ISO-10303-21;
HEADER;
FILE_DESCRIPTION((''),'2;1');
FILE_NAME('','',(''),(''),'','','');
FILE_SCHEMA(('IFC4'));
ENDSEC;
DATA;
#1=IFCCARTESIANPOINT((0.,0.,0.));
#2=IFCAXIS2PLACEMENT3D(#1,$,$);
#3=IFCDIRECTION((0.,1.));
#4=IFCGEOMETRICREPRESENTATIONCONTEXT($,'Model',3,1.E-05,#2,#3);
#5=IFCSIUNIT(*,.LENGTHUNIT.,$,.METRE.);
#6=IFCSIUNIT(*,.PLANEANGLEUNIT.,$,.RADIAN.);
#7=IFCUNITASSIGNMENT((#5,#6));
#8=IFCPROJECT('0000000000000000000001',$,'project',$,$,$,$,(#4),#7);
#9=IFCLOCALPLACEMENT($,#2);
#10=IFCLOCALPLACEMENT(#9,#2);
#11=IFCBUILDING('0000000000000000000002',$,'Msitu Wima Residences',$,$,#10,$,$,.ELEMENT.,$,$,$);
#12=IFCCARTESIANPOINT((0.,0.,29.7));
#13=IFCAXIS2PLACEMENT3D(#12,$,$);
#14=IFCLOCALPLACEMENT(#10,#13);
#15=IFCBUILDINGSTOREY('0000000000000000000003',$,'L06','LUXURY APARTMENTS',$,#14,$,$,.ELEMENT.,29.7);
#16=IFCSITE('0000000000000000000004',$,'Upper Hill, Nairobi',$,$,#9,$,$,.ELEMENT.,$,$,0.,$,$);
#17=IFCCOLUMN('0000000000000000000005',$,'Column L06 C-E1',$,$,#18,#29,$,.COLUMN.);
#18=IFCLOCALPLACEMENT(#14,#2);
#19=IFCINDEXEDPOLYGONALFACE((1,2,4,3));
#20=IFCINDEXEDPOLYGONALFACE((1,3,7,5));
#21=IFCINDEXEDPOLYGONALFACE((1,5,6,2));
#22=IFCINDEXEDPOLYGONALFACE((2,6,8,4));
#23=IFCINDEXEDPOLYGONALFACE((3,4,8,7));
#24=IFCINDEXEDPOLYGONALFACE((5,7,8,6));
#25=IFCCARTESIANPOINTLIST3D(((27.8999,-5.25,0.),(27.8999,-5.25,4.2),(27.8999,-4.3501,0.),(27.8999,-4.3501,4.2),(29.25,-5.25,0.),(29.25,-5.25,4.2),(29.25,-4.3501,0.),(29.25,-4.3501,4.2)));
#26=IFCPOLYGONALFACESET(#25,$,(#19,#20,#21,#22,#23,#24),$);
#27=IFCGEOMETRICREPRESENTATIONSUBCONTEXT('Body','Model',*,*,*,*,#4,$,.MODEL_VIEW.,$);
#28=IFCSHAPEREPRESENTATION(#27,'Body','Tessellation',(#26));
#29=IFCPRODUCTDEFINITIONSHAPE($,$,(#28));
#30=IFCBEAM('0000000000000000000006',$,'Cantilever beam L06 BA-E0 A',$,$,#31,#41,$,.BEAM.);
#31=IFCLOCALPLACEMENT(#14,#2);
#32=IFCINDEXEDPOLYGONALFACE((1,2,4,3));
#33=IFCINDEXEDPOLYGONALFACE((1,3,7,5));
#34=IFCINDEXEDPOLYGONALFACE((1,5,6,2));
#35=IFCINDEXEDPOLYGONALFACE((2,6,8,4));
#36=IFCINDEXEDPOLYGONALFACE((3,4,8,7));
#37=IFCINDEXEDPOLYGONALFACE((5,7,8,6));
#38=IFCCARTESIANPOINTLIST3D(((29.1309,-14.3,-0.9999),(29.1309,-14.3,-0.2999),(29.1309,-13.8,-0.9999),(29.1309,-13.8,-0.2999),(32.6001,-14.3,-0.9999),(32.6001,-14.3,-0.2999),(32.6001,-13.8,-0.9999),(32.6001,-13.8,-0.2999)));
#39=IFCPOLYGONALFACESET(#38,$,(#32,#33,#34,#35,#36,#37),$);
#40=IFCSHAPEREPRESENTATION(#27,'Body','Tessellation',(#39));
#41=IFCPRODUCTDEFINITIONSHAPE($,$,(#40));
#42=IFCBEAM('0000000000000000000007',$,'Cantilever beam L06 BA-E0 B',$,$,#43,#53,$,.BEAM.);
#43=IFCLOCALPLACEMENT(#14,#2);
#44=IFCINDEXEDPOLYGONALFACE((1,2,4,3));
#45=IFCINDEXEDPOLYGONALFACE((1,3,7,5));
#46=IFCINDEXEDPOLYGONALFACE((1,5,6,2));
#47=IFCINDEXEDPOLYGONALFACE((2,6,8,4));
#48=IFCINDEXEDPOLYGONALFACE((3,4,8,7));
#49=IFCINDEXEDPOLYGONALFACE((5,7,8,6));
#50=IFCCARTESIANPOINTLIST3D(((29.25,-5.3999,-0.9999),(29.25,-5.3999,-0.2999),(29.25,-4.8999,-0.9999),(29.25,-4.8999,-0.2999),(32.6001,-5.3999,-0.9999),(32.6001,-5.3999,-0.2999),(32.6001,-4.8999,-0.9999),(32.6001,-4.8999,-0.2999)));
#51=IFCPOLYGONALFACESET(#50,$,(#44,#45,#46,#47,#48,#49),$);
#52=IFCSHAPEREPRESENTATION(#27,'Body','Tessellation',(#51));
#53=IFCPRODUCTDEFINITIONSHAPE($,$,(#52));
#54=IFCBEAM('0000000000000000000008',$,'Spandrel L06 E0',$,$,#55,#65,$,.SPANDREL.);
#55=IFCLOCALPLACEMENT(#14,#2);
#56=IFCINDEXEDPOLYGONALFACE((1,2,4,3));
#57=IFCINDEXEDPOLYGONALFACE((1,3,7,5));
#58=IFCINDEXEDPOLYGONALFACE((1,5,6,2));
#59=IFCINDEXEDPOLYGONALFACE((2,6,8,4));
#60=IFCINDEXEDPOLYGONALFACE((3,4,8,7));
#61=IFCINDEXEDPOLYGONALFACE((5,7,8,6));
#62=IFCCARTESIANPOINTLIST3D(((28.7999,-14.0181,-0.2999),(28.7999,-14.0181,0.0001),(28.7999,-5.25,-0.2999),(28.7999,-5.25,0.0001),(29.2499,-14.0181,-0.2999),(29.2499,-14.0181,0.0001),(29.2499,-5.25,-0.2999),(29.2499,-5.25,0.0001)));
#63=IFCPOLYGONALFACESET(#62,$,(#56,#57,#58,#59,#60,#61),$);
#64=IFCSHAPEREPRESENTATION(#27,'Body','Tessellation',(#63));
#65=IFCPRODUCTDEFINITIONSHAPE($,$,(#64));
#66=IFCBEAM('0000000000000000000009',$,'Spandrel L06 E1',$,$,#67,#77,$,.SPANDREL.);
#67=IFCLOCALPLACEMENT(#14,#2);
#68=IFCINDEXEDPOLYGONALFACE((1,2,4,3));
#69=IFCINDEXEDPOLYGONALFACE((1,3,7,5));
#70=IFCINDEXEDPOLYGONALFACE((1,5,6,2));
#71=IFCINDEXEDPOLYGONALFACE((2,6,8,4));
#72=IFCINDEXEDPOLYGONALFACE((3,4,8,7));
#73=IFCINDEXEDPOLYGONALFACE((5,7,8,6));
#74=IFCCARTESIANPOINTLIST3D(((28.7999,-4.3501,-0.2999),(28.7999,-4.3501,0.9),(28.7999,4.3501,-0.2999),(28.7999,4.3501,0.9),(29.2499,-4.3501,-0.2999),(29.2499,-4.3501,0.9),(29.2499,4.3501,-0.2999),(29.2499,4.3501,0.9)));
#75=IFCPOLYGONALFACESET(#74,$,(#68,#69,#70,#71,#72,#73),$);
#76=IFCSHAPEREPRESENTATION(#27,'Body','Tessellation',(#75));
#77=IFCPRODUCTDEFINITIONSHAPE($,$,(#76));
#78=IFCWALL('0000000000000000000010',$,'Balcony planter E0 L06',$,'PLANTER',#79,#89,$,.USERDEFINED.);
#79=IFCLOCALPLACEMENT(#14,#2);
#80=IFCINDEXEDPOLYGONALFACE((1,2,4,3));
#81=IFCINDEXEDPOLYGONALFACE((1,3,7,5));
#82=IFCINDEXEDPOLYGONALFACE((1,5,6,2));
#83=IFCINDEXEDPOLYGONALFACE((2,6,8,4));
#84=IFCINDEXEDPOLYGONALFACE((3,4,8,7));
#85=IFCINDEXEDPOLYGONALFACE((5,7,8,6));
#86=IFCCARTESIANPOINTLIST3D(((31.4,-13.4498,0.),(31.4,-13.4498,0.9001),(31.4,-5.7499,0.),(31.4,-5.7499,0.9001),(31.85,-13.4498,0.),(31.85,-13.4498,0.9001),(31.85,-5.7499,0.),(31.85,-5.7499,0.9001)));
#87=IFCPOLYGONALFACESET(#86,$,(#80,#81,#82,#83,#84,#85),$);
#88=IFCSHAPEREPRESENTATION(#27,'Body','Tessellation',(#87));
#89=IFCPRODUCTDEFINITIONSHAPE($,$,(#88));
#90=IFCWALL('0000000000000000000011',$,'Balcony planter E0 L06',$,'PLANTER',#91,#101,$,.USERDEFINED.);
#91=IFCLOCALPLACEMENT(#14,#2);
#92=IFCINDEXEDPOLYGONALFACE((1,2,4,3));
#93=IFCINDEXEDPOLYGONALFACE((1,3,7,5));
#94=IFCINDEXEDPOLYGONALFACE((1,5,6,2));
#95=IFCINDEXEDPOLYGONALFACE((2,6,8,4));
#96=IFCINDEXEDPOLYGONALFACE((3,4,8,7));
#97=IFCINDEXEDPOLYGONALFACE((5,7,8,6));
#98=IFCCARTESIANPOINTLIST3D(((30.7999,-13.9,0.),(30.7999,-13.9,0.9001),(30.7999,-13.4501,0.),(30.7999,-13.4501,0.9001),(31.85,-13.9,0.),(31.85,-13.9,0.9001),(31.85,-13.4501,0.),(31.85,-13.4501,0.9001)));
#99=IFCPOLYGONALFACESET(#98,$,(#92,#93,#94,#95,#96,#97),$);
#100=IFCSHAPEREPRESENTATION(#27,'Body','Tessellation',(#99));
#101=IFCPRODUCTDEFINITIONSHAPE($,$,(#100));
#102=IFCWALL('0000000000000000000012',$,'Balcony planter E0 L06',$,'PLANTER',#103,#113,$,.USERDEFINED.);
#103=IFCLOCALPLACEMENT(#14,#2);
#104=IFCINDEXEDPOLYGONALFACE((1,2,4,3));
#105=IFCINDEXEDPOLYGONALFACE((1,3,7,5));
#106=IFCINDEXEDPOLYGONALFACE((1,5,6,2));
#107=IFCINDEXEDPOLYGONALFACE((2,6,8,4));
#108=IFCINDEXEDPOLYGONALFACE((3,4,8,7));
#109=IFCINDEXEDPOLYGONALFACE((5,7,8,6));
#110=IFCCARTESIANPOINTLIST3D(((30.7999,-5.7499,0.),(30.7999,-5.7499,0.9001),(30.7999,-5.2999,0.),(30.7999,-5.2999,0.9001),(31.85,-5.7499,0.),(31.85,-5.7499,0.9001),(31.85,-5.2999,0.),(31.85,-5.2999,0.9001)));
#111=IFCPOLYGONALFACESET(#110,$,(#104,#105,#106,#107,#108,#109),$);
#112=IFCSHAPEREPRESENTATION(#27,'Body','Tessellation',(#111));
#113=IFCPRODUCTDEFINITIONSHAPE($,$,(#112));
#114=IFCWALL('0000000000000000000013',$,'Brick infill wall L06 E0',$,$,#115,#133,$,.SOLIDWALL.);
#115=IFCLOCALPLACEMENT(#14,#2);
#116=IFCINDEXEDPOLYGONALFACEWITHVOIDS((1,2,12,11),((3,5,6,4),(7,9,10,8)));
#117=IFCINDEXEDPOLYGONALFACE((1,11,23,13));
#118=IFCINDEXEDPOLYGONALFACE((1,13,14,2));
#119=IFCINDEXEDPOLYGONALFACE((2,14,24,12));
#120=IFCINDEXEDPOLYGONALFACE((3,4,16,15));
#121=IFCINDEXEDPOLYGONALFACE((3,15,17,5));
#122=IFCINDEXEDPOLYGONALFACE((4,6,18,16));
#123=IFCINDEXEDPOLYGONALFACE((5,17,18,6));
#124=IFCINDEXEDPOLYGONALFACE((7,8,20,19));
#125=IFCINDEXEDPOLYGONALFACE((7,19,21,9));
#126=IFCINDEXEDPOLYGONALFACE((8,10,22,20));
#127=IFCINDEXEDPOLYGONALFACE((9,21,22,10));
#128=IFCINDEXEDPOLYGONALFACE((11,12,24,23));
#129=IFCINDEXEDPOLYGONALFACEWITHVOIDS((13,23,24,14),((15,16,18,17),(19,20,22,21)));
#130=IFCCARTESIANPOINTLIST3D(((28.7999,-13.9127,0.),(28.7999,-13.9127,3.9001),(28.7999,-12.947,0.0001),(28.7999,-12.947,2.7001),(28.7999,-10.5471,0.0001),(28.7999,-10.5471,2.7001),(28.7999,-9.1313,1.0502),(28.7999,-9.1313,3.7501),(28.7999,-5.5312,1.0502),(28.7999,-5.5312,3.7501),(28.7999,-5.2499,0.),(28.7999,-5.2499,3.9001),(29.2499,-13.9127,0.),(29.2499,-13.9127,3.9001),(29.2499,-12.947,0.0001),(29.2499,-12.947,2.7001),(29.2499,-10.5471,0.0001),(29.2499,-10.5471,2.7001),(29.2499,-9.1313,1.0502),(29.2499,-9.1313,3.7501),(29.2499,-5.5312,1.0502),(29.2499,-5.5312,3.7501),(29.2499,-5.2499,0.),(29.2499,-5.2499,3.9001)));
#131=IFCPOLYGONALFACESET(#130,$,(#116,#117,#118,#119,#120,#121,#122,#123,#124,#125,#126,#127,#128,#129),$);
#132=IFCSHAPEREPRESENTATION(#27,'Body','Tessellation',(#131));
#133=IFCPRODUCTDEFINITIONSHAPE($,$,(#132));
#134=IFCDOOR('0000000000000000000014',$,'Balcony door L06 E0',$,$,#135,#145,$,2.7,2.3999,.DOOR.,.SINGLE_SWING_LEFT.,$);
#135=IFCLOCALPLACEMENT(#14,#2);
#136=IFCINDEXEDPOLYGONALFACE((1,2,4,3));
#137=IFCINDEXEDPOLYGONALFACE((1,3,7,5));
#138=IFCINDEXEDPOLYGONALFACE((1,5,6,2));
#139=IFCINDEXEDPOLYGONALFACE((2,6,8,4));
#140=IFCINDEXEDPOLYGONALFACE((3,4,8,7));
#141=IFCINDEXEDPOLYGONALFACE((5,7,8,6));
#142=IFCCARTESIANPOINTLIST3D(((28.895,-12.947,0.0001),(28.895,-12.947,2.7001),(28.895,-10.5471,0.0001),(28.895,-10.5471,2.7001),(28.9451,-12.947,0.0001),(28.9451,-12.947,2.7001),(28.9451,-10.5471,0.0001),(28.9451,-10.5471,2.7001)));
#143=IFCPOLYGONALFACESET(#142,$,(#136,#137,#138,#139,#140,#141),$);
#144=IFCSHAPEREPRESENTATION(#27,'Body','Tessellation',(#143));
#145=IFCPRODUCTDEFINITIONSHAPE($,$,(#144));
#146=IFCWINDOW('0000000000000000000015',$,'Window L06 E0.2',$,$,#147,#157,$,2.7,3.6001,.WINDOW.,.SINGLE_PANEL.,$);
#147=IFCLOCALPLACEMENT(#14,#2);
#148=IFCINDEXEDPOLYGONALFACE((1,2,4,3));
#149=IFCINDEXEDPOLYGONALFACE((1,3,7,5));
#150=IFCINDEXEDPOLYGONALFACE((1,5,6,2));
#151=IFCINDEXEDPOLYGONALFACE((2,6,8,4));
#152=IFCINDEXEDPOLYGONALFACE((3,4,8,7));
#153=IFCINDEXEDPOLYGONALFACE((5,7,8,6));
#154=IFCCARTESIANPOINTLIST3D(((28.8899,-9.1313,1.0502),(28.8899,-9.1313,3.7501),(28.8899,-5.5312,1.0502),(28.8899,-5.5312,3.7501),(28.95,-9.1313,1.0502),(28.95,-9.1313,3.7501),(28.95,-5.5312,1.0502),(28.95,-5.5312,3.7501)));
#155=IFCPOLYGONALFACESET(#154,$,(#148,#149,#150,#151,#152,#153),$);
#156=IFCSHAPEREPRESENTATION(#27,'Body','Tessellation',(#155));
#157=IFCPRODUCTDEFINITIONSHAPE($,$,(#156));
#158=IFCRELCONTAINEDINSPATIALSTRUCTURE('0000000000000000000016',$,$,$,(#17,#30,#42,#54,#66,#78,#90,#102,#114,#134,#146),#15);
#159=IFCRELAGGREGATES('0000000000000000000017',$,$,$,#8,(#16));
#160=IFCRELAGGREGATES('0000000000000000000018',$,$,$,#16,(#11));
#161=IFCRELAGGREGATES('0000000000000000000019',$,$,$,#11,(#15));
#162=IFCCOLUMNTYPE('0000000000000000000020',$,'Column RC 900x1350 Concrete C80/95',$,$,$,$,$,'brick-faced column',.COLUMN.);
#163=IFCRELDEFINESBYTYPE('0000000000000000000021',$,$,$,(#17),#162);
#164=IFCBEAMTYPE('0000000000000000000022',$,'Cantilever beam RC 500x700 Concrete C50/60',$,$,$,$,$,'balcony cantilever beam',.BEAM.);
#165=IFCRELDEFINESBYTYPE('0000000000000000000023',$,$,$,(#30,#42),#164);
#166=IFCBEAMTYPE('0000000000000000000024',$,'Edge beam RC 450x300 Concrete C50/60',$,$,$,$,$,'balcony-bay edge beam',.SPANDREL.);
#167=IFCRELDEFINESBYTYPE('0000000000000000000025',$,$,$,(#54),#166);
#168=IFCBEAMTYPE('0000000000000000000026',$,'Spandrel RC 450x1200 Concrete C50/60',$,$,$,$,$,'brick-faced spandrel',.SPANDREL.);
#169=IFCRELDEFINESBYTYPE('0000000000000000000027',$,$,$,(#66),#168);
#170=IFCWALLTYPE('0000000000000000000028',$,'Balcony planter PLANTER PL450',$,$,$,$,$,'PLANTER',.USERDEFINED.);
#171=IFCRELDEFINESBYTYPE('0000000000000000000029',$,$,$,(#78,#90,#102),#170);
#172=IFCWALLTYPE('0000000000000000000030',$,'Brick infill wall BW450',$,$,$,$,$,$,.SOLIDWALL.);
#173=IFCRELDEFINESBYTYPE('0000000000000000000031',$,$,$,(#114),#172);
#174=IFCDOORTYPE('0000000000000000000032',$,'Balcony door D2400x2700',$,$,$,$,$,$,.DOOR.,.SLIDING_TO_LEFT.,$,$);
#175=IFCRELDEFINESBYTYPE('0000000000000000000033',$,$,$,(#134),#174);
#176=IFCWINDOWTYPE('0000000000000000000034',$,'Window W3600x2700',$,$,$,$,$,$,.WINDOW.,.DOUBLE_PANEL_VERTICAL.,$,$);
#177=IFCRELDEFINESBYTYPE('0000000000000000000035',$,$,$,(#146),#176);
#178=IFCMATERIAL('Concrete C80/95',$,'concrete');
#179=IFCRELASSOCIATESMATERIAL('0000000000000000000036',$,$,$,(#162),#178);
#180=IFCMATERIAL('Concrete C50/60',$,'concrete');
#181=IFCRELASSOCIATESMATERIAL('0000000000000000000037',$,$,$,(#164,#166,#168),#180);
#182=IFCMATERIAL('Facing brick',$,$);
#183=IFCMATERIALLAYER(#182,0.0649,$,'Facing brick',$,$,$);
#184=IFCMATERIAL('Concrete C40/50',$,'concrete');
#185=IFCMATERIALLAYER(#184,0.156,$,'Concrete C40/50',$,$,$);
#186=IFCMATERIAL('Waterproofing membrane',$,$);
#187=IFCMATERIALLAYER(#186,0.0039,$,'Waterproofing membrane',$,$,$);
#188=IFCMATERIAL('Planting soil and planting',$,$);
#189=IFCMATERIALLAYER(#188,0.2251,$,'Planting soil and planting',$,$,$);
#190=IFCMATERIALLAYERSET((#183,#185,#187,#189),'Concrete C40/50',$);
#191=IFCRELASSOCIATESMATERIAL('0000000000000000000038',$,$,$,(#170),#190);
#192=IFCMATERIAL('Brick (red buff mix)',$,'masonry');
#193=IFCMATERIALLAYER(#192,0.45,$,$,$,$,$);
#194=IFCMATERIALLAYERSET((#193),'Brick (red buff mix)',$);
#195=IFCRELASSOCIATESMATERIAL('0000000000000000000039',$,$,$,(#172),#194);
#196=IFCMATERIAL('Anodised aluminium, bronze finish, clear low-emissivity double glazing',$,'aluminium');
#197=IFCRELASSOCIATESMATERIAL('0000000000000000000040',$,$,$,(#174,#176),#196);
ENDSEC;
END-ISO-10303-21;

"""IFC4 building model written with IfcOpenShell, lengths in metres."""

from ifc_helpers import new_model, si_unit, direction, frame, frame_2d, origin, origin_2d, place, context, subcontext, project, spatial, rectangle, extrude, material, layer, layer_set, material_profile, profile_set, type_object, element, fill, save


model = new_model("IFC4")

# Units and contexts
model_context = context("Model", 3, precision=1e-05, world=origin(), true_north=direction((0.0, 1.0)))
body_context = subcontext(model_context, "Body", "Model", "MODEL_VIEW")
ifc_project = project(units=[si_unit("LENGTHUNIT", "METRE"), si_unit("PLANEANGLEUNIT", "RADIAN")], contexts=[model_context])

# Site, building, storey
site_placement = place(None, origin())
site = spatial("IfcSite", under=ifc_project, at=site_placement, Name="Upper Hill, Nairobi", CompositionType="ELEMENT", RefElevation=0.0)
building_placement = place(site_placement, origin())
building = spatial("IfcBuilding", under=site, at=building_placement, Name="Msitu Wima Residences", CompositionType="ELEMENT")
storey_placement = place(building_placement, frame((0.0, 0.0, 29.7)))
storey = spatial("IfcBuildingStorey", under=building, at=storey_placement, Name="L06", Description="LUXURY APARTMENTS", CompositionType="ELEMENT", Elevation=29.7)

# Column
ifc_material_1 = material(Name="Concrete C80/95", Category="concrete")
ifc_material_profile_1 = material_profile(ifc_material_1, rectangle(XDim=0.8999, YDim=1.3501, at=origin_2d()), Name="RC 900x1350")
ifc_profile_set_1 = profile_set([ifc_material_profile_1], Name="Concrete C80/95")
column_type = type_object("IfcColumnType", Name="Column RC 900x1350 Concrete C80/95", ElementType="brick-faced column", PredefinedType="COLUMN", material=ifc_profile_set_1)
column_placement = place(storey_placement, frame((28.575, -4.8, 0.0), z_axis=(0.0, 0.0, 1.0), x_axis=(0.0, 1.0, 0.0)))
element("IfcColumn", 1, at=column_placement, inside=storey, type_object=column_type, Name="Column L06 C-E1", PredefinedType="COLUMN", context=body_context, shape_type="SweptSolid", body=[
    extrude(rectangle(XDim=0.8999, YDim=1.3501, at=origin_2d()), origin(), (0.0, 0.0, 1.0), 4.2),
])

# Beams
ifc_material_2 = material(Name="Concrete C50/60", Category="concrete")
ifc_material_profile_2 = material_profile(ifc_material_2, rectangle(XDim=0.5, YDim=0.7, at=origin_2d()), Name="RC 500x700")
ifc_profile_set_2 = profile_set([ifc_material_profile_2], Name="Concrete C50/60")
beam_type_1 = type_object("IfcBeamType", Name="Cantilever beam RC 500x700 Concrete C50/60", ElementType="balcony cantilever beam", PredefinedType="BEAM", material=ifc_profile_set_2)
beam_1_placement = place(storey_placement, frame((29.1309, -14.05, -0.6499), z_axis=(1.0, 0.0, 0.0), x_axis=(0.0, 1.0, 0.0)))
element("IfcBeam", 2, at=beam_1_placement, inside=storey, type_object=beam_type_1, Name="Cantilever beam L06 BA-E0 A", PredefinedType="BEAM", context=body_context, shape_type="SweptSolid", body=[
    extrude(rectangle(XDim=0.5, YDim=0.7, at=origin_2d()), origin(), (0.0, 0.0, 1.0), 3.4692),
])
beam_2_placement = place(storey_placement, frame((29.25, -5.1499, -0.6499), z_axis=(1.0, 0.0, 0.0), x_axis=(0.0, 1.0, 0.0)))
element("IfcBeam", 3, at=beam_2_placement, inside=storey, type_object=beam_type_1, Name="Cantilever beam L06 BA-E0 B", PredefinedType="BEAM", context=body_context, shape_type="SweptSolid", body=[
    extrude(rectangle(XDim=0.5, YDim=0.7, at=origin_2d()), origin(), (0.0, 0.0, 1.0), 3.3501),
])
ifc_material_profile_3 = material_profile(ifc_material_2, rectangle(XDim=0.45, YDim=0.3, at=origin_2d()), Name="RC 450x300")
ifc_profile_set_3 = profile_set([ifc_material_profile_3], Name="Concrete C50/60")
beam_type_2 = type_object("IfcBeamType", Name="Edge beam RC 450x300 Concrete C50/60", ElementType="balcony-bay edge beam", PredefinedType="SPANDREL", material=ifc_profile_set_3)
beam_3_placement = place(storey_placement, frame((29.0249, -14.0181, -0.1499), z_axis=(0.0, 1.0, 0.0), x_axis=(-1.0, 0.0, 0.0)))
element("IfcBeam", 4, at=beam_3_placement, inside=storey, type_object=beam_type_2, Name="Spandrel L06 E0", PredefinedType="SPANDREL", context=body_context, shape_type="SweptSolid", body=[
    extrude(rectangle(XDim=0.45, YDim=0.3, at=origin_2d()), origin(), (0.0, 0.0, 1.0), 8.7681),
])
ifc_material_profile_4 = material_profile(ifc_material_2, rectangle(XDim=0.45, YDim=1.2, at=origin_2d()), Name="RC 450x1200")
ifc_profile_set_4 = profile_set([ifc_material_profile_4], Name="Concrete C50/60")
beam_type_3 = type_object("IfcBeamType", Name="Spandrel RC 450x1200 Concrete C50/60", ElementType="brick-faced spandrel", PredefinedType="SPANDREL", material=ifc_profile_set_4)
beam_4_placement = place(storey_placement, frame((29.0249, -4.3501, 0.3), z_axis=(0.0, 1.0, 0.0), x_axis=(-1.0, 0.0, 0.0)))
element("IfcBeam", 5, at=beam_4_placement, inside=storey, type_object=beam_type_3, Name="Spandrel L06 E1", PredefinedType="SPANDREL", context=body_context, shape_type="SweptSolid", body=[
    extrude(rectangle(XDim=0.45, YDim=1.2, at=origin_2d()), origin(), (0.0, 0.0, 1.0), 8.7002),
])

# Walls
ifc_material_3 = material(Name="Facing brick")
ifc_layer_1 = layer(ifc_material_3, 0.0649, Name="Facing brick")
ifc_material_4 = material(Name="Concrete C40/50", Category="concrete")
ifc_layer_2 = layer(ifc_material_4, 0.156, Name="Concrete C40/50")
ifc_material_5 = material(Name="Waterproofing membrane")
ifc_layer_3 = layer(ifc_material_5, 0.0039, Name="Waterproofing membrane")
ifc_material_6 = material(Name="Planting soil and planting")
ifc_layer_4 = layer(ifc_material_6, 0.2251, Name="Planting soil and planting")
ifc_layer_set_1 = layer_set([ifc_layer_1, ifc_layer_2, ifc_layer_3, ifc_layer_4], Name="Concrete C40/50")
wall_type_1 = type_object("IfcWallType", Name="Balcony planter PLANTER PL450", ElementType="PLANTER", PredefinedType="USERDEFINED", material=ifc_layer_set_1)
wall_1_placement = place(storey_placement, frame((31.625, -13.45, 0.0), z_axis=(0.0, 0.0, 1.0), x_axis=(0.0, 1.0, 0.0)))
element("IfcWall", 6, at=wall_1_placement, inside=storey, type_object=wall_type_1, Name="Balcony planter E0 L06", ObjectType="PLANTER", PredefinedType="USERDEFINED", context=body_context, shape_type="SweptSolid", body=[
    extrude(rectangle(XDim=7.7, YDim=0.45, at=frame_2d((3.8501, 0.0))), origin(), (0.0, 0.0, 1.0), 0.9001),
])
for number, where, z_axis, x_axis, name in (
    (7, (30.8, -13.675, 0.0), (0.0, 0.0, 1.0), (1.0, 0.0, 0.0), "Balcony planter E0 L06"),
    (8, (30.8, -5.5249, 0.0), (0.0, 0.0, 1.0), (1.0, 0.0, 0.0), "Balcony planter E0 L06"),
):
    element("IfcWall", number, at=place(storey_placement, frame(where, z_axis=z_axis, x_axis=x_axis)), inside=storey, type_object=wall_type_1, Name=name, ObjectType="PLANTER", PredefinedType="USERDEFINED", context=body_context, shape_type="SweptSolid", body=[
        extrude(rectangle(XDim=1.05, YDim=0.45, at=frame_2d((0.5249, 0.0))), origin(), (0.0, 0.0, 1.0), 0.9001),
    ])

# Wall, openings, door, window
ifc_material_7 = material(Name="Brick (red buff mix)", Category="masonry")
ifc_layer_5 = layer(ifc_material_7, 0.45)
ifc_layer_set_2 = layer_set([ifc_layer_5], Name="Brick (red buff mix)")
wall_type_2 = type_object("IfcWallType", Name="Brick infill wall BW450", PredefinedType="SOLIDWALL", material=ifc_layer_set_2)
wall_2_placement = place(storey_placement, frame((29.0249, -13.9128, 0.0), z_axis=(0.0, 0.0, 1.0), x_axis=(0.0, 1.0, 0.0)))
wall_2 = element("IfcWall", 9, at=wall_2_placement, inside=storey, type_object=wall_type_2, Name="Brick infill wall L06 E0", PredefinedType="SOLIDWALL", context=body_context, shape_type="SweptSolid", body=[
    extrude(rectangle(XDim=8.6628, YDim=0.45, at=frame_2d((4.3315, 0.0))), origin(), (0.0, 0.0, 1.0), 3.9001),
])
opening_1_placement = place(wall_2_placement, frame((0.9658, 0.0, 0.0)))
opening_1 = element("IfcOpeningElement", 10, at=opening_1_placement, cuts=wall_2, PredefinedType="OPENING", context=body_context, shape_type="SweptSolid", body=[
    extrude(rectangle(XDim=2.3999, YDim=2.7, at=frame_2d((1.2, 1.3501))), frame((0.0, 0.2349, 0.0), z_axis=(0.0, -1.0, 0.0), x_axis=(1.0, 0.0, 0.0)), (0.0, 0.0, 1.0), 0.47),
])
opening_2_placement = place(wall_2_placement, frame((4.7815, 0.0, 1.05)))
opening_2 = element("IfcOpeningElement", 11, at=opening_2_placement, cuts=wall_2, PredefinedType="OPENING", context=body_context, shape_type="SweptSolid", body=[
    extrude(rectangle(XDim=3.6001, YDim=2.7, at=frame_2d((1.8, 1.3501))), frame((0.0, 0.2349, 0.0), z_axis=(0.0, -1.0, 0.0), x_axis=(1.0, 0.0, 0.0)), (0.0, 0.0, 1.0), 0.47),
])
ifc_material_8 = material(Name="Anodised aluminium, bronze finish, clear low-emissivity double glazing", Category="aluminium")
door_type = type_object("IfcDoorType", Name="Balcony door D2400x2700", OperationType="SLIDING_TO_LEFT", PredefinedType="DOOR", material=ifc_material_8)
door_placement = place(opening_1_placement, origin())
door = element("IfcDoor", 12, at=door_placement, inside=storey, type_object=door_type, Name="Balcony door L06 E0", OperationType="SINGLE_SWING_LEFT", OverallHeight=2.7, OverallWidth=2.3999, PredefinedType="DOOR", context=body_context, shape_type="SweptSolid", body=[
    extrude(rectangle(XDim=2.3999, YDim=2.7, at=frame_2d((1.2, 1.3501))), frame((0.0, 0.1299, 0.0), z_axis=(0.0, -1.0, 0.0), x_axis=(1.0, 0.0, 0.0)), (0.0, 0.0, 1.0), 0.05),
])
fill(opening_1, door)
window_type = type_object("IfcWindowType", Name="Window W3600x2700", PartitioningType="DOUBLE_PANEL_VERTICAL", PredefinedType="WINDOW", material=ifc_material_8)
window_1_placement = place(opening_2_placement, origin())
window_1 = element("IfcWindow", 13, at=window_1_placement, inside=storey, type_object=window_type, Name="Window L06 E0.2", OverallHeight=2.7, OverallWidth=3.6001, PartitioningType="SINGLE_PANEL", PredefinedType="WINDOW", context=body_context, shape_type="SweptSolid", body=[
    extrude(rectangle(XDim=3.6001, YDim=2.7, at=frame_2d((1.8, 1.3501))), frame((0.0, 0.135, 0.0), z_axis=(0.0, -1.0, 0.0), x_axis=(1.0, 0.0, 0.0)), (0.0, 0.0, 1.0), 0.0601),
])
fill(opening_2, window_1)

save(model, "model.ifc")
